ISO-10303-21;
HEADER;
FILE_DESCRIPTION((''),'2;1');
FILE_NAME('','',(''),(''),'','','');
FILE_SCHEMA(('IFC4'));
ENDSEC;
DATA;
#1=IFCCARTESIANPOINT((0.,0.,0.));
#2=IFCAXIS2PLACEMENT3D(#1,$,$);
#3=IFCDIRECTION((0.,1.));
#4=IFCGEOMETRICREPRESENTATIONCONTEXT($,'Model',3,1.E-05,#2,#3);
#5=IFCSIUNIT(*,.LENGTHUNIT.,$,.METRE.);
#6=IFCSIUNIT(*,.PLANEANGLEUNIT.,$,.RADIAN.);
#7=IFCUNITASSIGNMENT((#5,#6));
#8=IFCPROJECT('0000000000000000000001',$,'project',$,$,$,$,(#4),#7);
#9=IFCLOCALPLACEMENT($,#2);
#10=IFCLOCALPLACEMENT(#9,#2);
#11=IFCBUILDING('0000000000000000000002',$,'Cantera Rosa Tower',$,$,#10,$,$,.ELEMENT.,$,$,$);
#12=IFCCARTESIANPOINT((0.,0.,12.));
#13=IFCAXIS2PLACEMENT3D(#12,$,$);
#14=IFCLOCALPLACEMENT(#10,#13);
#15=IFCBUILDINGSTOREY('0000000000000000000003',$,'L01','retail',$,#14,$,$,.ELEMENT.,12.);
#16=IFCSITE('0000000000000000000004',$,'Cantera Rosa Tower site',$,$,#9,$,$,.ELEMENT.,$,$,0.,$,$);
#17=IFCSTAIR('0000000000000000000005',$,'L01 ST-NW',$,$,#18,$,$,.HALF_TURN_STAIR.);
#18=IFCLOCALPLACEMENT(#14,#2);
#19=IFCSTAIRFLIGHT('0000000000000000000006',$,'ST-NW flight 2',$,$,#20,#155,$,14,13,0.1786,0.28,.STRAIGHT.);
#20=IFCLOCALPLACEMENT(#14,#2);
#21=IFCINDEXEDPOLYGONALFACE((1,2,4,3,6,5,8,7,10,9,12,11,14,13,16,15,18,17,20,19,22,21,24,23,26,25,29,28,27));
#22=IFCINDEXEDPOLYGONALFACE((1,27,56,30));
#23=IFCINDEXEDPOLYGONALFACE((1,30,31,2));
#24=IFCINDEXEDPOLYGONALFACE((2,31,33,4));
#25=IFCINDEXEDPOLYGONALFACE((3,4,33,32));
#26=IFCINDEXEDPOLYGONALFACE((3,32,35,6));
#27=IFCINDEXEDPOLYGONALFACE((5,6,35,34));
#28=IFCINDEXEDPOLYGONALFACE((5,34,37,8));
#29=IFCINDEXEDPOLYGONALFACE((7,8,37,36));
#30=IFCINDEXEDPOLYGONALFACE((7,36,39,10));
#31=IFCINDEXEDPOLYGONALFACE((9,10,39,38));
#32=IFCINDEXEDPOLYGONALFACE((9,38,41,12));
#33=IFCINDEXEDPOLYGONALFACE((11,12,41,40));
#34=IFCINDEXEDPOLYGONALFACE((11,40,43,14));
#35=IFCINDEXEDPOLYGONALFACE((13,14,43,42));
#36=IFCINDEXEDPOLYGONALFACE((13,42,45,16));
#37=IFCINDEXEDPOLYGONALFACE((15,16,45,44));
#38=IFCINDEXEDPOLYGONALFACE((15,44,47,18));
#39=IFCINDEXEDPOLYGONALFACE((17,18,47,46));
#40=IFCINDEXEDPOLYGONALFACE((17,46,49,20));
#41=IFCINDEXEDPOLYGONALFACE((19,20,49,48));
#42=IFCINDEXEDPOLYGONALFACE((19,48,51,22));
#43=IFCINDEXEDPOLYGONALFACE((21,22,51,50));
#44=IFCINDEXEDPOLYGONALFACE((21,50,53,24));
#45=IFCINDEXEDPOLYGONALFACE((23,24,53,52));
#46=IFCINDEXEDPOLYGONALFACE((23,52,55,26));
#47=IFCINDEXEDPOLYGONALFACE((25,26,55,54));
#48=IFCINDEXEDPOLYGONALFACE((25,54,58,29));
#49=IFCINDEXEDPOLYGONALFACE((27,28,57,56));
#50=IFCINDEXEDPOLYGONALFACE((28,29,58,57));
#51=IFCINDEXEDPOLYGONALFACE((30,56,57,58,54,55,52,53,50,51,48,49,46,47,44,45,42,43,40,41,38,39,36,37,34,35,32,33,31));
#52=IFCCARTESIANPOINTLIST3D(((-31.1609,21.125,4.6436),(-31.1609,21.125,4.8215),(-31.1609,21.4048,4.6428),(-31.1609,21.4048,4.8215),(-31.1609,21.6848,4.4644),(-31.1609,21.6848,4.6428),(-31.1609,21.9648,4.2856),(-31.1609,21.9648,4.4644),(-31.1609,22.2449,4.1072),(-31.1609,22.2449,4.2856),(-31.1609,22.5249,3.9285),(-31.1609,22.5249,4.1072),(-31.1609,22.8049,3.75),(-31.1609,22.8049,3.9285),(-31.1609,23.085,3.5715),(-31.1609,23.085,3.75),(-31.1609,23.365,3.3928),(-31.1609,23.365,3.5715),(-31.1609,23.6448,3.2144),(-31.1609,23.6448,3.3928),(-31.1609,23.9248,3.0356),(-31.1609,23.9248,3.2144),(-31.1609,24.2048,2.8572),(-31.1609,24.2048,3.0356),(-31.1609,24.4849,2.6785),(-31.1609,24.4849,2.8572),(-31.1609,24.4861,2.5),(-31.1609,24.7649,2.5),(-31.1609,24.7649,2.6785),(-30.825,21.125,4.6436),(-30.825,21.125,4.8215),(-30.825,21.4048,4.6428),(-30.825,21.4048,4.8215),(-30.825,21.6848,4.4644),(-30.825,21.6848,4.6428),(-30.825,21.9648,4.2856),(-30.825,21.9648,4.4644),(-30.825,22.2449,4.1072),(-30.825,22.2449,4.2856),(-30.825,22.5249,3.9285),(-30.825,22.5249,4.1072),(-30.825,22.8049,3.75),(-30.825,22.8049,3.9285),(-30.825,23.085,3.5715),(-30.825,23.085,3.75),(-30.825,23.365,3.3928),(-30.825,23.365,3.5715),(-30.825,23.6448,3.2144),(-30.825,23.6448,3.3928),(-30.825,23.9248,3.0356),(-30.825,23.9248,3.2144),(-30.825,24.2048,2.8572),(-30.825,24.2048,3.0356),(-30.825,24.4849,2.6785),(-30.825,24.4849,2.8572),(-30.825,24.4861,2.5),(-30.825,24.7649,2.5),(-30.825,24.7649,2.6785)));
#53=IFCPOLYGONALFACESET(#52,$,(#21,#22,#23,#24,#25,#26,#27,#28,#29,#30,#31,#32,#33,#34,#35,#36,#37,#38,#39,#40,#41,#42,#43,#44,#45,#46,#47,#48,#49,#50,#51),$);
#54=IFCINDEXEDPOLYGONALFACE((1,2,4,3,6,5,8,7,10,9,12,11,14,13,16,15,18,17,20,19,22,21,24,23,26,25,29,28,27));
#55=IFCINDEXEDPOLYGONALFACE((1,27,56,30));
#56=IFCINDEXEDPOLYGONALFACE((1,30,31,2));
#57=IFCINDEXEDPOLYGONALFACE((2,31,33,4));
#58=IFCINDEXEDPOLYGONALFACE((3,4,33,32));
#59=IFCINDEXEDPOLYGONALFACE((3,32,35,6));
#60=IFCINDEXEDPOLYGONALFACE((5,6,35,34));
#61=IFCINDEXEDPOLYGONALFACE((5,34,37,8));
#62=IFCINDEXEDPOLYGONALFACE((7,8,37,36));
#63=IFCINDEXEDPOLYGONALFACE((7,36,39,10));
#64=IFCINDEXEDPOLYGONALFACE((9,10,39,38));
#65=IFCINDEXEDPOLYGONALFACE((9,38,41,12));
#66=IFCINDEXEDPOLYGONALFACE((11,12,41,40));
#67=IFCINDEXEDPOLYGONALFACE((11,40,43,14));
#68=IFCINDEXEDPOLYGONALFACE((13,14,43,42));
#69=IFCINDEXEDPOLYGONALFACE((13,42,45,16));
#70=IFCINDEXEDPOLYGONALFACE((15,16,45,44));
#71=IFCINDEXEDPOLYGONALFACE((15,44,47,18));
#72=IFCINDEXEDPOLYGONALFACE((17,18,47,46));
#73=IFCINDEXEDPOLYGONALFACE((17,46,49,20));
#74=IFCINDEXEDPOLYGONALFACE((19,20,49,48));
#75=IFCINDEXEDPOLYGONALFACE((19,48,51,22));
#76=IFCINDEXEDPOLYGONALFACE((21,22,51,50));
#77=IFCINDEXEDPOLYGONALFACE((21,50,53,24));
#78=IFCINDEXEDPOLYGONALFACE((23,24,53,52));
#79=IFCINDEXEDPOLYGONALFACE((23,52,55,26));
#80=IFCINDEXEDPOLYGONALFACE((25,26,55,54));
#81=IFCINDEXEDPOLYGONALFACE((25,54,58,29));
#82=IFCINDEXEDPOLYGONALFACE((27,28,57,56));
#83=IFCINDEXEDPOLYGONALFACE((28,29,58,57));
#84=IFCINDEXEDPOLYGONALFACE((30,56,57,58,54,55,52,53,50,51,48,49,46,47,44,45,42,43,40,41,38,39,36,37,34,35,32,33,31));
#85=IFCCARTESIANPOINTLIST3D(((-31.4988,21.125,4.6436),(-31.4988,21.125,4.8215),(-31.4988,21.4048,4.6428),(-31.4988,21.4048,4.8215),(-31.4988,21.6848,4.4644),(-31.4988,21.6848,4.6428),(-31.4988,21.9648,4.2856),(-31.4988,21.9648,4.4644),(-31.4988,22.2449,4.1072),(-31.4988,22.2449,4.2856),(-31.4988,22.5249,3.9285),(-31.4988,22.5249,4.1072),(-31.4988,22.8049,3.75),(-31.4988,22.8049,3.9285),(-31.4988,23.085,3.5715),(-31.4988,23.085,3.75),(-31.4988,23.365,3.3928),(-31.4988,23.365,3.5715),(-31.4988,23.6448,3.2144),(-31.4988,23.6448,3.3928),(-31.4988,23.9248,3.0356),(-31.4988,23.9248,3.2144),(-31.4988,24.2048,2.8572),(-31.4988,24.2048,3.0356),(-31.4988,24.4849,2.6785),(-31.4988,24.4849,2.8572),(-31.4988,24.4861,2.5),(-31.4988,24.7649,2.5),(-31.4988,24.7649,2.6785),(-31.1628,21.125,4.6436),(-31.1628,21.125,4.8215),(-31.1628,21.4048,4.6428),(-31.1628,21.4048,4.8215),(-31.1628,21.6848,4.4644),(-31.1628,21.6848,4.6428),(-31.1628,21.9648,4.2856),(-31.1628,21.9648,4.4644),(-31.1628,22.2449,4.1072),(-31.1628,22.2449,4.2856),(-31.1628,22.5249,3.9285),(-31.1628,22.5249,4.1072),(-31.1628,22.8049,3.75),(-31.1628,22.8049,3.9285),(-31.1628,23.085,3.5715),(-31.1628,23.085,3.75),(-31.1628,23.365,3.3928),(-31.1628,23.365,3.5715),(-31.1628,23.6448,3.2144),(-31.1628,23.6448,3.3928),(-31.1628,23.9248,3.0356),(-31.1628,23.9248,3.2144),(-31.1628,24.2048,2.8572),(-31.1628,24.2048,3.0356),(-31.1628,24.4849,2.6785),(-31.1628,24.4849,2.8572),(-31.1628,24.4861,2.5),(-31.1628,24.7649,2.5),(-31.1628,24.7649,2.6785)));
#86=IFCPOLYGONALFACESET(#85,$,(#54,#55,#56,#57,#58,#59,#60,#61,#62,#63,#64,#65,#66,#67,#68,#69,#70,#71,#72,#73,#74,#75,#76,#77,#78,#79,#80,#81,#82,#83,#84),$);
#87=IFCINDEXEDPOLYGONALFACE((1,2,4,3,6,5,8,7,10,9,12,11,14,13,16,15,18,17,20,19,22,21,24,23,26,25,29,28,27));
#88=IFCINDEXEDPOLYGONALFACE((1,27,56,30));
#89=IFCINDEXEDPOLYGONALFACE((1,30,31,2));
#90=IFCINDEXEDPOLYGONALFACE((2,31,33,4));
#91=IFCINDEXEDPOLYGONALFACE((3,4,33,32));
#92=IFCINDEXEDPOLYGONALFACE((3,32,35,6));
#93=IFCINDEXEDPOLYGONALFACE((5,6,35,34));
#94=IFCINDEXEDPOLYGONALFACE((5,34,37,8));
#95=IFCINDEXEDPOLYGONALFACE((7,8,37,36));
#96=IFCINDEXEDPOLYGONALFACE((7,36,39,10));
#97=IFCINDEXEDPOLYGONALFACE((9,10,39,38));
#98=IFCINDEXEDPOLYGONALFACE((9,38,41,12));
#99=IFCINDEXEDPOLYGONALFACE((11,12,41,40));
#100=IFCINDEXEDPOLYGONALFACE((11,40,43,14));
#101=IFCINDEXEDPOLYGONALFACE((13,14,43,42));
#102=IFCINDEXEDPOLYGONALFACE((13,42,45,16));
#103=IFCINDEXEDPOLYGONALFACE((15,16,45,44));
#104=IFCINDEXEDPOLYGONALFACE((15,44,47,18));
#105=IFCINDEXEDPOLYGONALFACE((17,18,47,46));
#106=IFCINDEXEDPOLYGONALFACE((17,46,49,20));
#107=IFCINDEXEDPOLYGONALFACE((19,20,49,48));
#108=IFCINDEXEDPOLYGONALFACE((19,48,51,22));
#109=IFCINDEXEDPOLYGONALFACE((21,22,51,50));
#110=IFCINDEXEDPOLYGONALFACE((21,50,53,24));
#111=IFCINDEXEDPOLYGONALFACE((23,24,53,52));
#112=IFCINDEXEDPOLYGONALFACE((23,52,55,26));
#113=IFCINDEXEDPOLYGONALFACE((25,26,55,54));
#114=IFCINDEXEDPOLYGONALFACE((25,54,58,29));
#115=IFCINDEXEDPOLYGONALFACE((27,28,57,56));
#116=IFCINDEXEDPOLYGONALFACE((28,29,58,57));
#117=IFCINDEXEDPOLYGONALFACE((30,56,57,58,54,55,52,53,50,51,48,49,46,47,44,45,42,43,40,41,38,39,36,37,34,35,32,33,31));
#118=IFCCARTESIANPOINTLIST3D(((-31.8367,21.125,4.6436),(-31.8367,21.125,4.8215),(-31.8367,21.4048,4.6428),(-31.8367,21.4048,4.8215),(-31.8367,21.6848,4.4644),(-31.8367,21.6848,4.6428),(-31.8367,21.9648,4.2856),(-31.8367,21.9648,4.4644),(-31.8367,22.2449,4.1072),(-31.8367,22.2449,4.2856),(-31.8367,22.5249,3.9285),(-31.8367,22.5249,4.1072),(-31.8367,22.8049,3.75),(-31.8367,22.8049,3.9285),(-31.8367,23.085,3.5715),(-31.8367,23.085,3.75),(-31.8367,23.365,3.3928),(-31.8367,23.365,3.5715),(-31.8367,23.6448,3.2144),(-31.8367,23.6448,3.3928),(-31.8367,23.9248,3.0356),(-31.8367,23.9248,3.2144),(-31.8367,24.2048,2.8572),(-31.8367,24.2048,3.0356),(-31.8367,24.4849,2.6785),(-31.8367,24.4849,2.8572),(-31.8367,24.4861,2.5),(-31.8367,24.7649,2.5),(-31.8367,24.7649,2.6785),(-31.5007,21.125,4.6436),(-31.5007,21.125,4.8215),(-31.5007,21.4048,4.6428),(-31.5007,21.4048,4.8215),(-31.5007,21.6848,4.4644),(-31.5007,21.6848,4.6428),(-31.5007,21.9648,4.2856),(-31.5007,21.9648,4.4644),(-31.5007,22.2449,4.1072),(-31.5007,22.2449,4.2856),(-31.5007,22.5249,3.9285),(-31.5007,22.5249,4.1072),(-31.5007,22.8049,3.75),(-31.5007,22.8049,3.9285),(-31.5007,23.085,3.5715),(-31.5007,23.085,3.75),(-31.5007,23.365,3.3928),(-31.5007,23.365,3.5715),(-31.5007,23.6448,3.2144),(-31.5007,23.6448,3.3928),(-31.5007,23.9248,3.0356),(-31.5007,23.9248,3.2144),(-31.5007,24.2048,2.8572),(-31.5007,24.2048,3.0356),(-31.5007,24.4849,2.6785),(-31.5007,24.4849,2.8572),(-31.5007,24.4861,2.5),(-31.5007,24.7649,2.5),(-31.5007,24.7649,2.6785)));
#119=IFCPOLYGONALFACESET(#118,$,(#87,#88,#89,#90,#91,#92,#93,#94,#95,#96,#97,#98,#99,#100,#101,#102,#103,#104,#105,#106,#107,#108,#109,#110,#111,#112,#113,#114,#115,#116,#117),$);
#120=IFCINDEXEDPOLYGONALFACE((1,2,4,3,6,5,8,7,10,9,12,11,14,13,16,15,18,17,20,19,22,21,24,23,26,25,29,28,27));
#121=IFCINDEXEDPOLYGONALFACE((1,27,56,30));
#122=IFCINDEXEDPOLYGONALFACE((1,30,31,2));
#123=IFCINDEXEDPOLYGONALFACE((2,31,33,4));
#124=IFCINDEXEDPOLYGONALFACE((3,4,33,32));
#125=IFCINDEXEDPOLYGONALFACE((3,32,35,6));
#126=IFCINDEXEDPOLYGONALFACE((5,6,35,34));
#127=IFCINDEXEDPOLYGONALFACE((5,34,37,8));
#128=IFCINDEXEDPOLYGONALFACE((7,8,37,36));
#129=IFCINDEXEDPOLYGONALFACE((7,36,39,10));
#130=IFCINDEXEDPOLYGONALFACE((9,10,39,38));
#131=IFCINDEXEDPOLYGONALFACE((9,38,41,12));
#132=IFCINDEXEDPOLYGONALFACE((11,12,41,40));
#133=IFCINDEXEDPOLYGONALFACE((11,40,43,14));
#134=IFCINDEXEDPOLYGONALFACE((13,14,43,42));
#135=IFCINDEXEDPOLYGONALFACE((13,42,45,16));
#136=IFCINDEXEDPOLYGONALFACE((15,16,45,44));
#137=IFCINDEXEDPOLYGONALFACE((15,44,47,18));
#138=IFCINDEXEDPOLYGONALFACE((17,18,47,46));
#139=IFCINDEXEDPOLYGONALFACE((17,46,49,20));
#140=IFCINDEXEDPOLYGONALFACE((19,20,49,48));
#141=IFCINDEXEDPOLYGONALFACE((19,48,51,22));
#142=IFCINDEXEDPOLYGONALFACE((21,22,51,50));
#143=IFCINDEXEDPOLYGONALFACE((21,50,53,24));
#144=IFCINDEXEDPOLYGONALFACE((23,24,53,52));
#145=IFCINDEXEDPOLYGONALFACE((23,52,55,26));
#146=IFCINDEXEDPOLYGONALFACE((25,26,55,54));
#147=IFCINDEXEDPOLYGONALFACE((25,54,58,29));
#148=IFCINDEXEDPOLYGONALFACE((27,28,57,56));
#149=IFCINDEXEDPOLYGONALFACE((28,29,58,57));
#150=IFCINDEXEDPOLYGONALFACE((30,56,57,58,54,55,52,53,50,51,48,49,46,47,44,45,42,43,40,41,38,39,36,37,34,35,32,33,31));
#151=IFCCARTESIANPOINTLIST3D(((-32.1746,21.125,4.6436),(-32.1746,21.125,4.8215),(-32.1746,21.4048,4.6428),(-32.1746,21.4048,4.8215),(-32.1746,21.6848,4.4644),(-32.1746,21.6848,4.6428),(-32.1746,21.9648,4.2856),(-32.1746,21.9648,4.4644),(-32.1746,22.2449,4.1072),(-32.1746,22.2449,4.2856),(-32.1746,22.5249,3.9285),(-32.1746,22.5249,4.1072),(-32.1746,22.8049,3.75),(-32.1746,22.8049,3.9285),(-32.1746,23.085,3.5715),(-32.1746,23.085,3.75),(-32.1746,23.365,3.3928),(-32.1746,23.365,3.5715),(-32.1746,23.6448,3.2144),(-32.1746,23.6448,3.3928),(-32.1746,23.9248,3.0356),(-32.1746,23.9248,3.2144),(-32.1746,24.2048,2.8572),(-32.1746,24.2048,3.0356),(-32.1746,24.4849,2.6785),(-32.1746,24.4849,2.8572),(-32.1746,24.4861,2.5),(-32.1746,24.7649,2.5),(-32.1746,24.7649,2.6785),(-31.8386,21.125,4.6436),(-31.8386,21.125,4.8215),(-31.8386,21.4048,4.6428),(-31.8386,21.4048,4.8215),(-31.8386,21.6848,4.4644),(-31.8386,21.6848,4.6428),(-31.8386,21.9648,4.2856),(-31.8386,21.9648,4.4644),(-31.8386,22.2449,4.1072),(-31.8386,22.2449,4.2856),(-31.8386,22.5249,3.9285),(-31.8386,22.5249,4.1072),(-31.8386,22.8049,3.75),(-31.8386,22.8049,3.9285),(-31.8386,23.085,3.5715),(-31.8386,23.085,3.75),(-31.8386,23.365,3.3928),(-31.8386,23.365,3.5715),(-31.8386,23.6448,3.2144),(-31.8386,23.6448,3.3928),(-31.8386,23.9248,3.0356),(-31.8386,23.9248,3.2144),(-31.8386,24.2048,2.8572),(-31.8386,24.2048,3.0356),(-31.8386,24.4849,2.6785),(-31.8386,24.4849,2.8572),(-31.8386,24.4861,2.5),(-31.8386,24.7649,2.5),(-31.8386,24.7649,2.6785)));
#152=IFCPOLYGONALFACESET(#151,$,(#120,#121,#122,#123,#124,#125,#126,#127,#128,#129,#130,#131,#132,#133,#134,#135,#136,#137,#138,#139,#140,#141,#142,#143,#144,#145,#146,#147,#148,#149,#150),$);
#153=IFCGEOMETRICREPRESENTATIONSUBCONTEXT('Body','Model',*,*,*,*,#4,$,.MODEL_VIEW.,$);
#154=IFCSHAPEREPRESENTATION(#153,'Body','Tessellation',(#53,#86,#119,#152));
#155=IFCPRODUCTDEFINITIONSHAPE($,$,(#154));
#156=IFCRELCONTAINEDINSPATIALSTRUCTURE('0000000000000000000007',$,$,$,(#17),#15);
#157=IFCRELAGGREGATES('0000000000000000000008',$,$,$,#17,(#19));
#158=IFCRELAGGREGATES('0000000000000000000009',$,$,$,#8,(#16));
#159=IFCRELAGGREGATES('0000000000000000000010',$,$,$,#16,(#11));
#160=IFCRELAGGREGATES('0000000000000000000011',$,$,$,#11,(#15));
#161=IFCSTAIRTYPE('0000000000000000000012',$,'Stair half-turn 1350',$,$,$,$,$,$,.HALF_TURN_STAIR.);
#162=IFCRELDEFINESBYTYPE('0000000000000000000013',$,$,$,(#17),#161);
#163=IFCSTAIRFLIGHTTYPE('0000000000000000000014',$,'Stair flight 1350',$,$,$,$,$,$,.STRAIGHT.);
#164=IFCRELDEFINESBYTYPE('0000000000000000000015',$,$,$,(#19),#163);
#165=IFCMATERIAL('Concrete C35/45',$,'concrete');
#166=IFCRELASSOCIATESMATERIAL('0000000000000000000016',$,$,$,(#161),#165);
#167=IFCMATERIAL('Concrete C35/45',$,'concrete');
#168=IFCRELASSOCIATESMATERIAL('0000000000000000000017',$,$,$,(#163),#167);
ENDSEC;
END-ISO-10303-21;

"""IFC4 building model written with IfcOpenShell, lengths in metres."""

from ifc_helpers import new_model, si_unit, direction, frame, origin, place, context, subcontext, project, spatial, polyline, outline, extrude, material, type_object, element, aggregate, save


model = new_model("IFC4")

# Units and contexts
model_context = context("Model", 3, precision=1e-05, world=origin(), true_north=direction((0.0, 1.0)))
body_context = subcontext(model_context, "Body", "Model", "MODEL_VIEW")
ifc_project = project(units=[si_unit("LENGTHUNIT", "METRE"), si_unit("PLANEANGLEUNIT", "RADIAN")], contexts=[model_context])

# Site, building, storey
site_placement = place(None, origin())
site = spatial("IfcSite", under=ifc_project, at=site_placement, Name="Cantera Rosa Tower site", CompositionType="ELEMENT", RefElevation=0.0)
building_placement = place(site_placement, origin())
building = spatial("IfcBuilding", under=site, at=building_placement, Name="Cantera Rosa Tower", CompositionType="ELEMENT")
storey_placement = place(building_placement, frame((0.0, 0.0, 12.0)))
storey = spatial("IfcBuildingStorey", under=building, at=storey_placement, Name="L01", Description="retail", CompositionType="ELEMENT", Elevation=12.0)

# Stair, stair flight
ifc_material_1 = material(Name="Concrete C35/45", Category="concrete")
stair_type = type_object("IfcStairType", Name="Stair half-turn 1350", PredefinedType="HALF_TURN_STAIR", material=ifc_material_1)
stair_placement = place(storey_placement, origin())
stair = element("IfcStair", 1, at=stair_placement, inside=storey, type_object=stair_type, Name="L01 ST-NW", PredefinedType="HALF_TURN_STAIR")
ifc_material_2 = material(Name="Concrete C35/45", Category="concrete")
stair_flight_type = type_object("IfcStairFlightType", Name="Stair flight 1350", PredefinedType="STRAIGHT", material=ifc_material_2)
stair_flight_1_placement = place(storey_placement, frame((-31.5, 24.7649, 2.5), z_axis=(0.0, 0.0, 1.0), x_axis=(0.0, -1.0, 0.0)))
stair_flight_1 = element("IfcStairFlight", 2, at=stair_flight_1_placement, type_object=stair_flight_type, Name="ST-NW flight 2", NumberOfRisers=14, NumberOfTreads=13, PredefinedType="STRAIGHT", RiserHeight=0.1786, TreadLength=0.28, context=body_context, shape_type="SweptSolid", body=[
    extrude(outline(polyline([(0.0, 0.0), (0.0, 0.1785), (0.28, 0.1785), (0.28, 0.3572), (0.5601, 0.3572), (0.5601, 0.5356), (0.8401, 0.5356), (0.8401, 0.7144), (1.1201, 0.7144), (1.1201, 0.8928), (1.3999, 0.8928), (1.3999, 1.0715), (1.6799, 1.0715), (1.6799, 1.25), (1.96, 1.25), (1.96, 1.4285), (2.24, 1.4285), (2.24, 1.6072), (2.52, 1.6072), (2.52, 1.7856), (2.8, 1.7856), (2.8, 1.9644), (3.0801, 1.9644), (3.0801, 2.1428), (3.3601, 2.1428), (3.3601, 2.3215), (3.6399, 2.3215), (3.6399, 2.5), (3.6399, 2.1436), (0.2788, 0.0), (0.0, 0.0)])), frame((0.0, 0.675, 0.0), z_axis=(0.0, -1.0, 0.0), x_axis=(1.0, 0.0, 0.0)), (0.0, 0.0, 1.0), 0.3359),
    extrude(outline(polyline([(0.0, 0.0), (0.0, 0.1785), (0.28, 0.1785), (0.28, 0.3572), (0.5601, 0.3572), (0.5601, 0.5356), (0.8401, 0.5356), (0.8401, 0.7144), (1.1201, 0.7144), (1.1201, 0.8928), (1.3999, 0.8928), (1.3999, 1.0715), (1.6799, 1.0715), (1.6799, 1.25), (1.96, 1.25), (1.96, 1.4285), (2.24, 1.4285), (2.24, 1.6072), (2.52, 1.6072), (2.52, 1.7856), (2.8, 1.7856), (2.8, 1.9644), (3.0801, 1.9644), (3.0801, 2.1428), (3.3601, 2.1428), (3.3601, 2.3215), (3.6399, 2.3215), (3.6399, 2.5), (3.6399, 2.1436), (0.2788, 0.0), (0.0, 0.0)])), frame((0.0, 0.3372, 0.0), z_axis=(0.0, -1.0, 0.0), x_axis=(1.0, 0.0, 0.0)), (0.0, 0.0, 1.0), 0.3359),
    extrude(outline(polyline([(0.0, 0.0), (0.0, 0.1785), (0.28, 0.1785), (0.28, 0.3572), (0.5601, 0.3572), (0.5601, 0.5356), (0.8401, 0.5356), (0.8401, 0.7144), (1.1201, 0.7144), (1.1201, 0.8928), (1.3999, 0.8928), (1.3999, 1.0715), (1.6799, 1.0715), (1.6799, 1.25), (1.96, 1.25), (1.96, 1.4285), (2.24, 1.4285), (2.24, 1.6072), (2.52, 1.6072), (2.52, 1.7856), (2.8, 1.7856), (2.8, 1.9644), (3.0801, 1.9644), (3.0801, 2.1428), (3.3601, 2.1428), (3.3601, 2.3215), (3.6399, 2.3215), (3.6399, 2.5), (3.6399, 2.1436), (0.2788, 0.0), (0.0, 0.0)])), frame((0.0, -0.0007, 0.0), z_axis=(0.0, -1.0, 0.0), x_axis=(1.0, 0.0, 0.0)), (0.0, 0.0, 1.0), 0.3359),
    extrude(outline(polyline([(0.0, 0.0), (0.0, 0.1785), (0.28, 0.1785), (0.28, 0.3572), (0.5601, 0.3572), (0.5601, 0.5356), (0.8401, 0.5356), (0.8401, 0.7144), (1.1201, 0.7144), (1.1201, 0.8928), (1.3999, 0.8928), (1.3999, 1.0715), (1.6799, 1.0715), (1.6799, 1.25), (1.96, 1.25), (1.96, 1.4285), (2.24, 1.4285), (2.24, 1.6072), (2.52, 1.6072), (2.52, 1.7856), (2.8, 1.7856), (2.8, 1.9644), (3.0801, 1.9644), (3.0801, 2.1428), (3.3601, 2.1428), (3.3601, 2.3215), (3.6399, 2.3215), (3.6399, 2.5), (3.6399, 2.1436), (0.2788, 0.0), (0.0, 0.0)])), frame((0.0, -0.3386, 0.0), z_axis=(0.0, -1.0, 0.0), x_axis=(1.0, 0.0, 0.0)), (0.0, 0.0, 1.0), 0.3359),
])
aggregate(stair, [stair_flight_1])

save(model, "model.ifc")
